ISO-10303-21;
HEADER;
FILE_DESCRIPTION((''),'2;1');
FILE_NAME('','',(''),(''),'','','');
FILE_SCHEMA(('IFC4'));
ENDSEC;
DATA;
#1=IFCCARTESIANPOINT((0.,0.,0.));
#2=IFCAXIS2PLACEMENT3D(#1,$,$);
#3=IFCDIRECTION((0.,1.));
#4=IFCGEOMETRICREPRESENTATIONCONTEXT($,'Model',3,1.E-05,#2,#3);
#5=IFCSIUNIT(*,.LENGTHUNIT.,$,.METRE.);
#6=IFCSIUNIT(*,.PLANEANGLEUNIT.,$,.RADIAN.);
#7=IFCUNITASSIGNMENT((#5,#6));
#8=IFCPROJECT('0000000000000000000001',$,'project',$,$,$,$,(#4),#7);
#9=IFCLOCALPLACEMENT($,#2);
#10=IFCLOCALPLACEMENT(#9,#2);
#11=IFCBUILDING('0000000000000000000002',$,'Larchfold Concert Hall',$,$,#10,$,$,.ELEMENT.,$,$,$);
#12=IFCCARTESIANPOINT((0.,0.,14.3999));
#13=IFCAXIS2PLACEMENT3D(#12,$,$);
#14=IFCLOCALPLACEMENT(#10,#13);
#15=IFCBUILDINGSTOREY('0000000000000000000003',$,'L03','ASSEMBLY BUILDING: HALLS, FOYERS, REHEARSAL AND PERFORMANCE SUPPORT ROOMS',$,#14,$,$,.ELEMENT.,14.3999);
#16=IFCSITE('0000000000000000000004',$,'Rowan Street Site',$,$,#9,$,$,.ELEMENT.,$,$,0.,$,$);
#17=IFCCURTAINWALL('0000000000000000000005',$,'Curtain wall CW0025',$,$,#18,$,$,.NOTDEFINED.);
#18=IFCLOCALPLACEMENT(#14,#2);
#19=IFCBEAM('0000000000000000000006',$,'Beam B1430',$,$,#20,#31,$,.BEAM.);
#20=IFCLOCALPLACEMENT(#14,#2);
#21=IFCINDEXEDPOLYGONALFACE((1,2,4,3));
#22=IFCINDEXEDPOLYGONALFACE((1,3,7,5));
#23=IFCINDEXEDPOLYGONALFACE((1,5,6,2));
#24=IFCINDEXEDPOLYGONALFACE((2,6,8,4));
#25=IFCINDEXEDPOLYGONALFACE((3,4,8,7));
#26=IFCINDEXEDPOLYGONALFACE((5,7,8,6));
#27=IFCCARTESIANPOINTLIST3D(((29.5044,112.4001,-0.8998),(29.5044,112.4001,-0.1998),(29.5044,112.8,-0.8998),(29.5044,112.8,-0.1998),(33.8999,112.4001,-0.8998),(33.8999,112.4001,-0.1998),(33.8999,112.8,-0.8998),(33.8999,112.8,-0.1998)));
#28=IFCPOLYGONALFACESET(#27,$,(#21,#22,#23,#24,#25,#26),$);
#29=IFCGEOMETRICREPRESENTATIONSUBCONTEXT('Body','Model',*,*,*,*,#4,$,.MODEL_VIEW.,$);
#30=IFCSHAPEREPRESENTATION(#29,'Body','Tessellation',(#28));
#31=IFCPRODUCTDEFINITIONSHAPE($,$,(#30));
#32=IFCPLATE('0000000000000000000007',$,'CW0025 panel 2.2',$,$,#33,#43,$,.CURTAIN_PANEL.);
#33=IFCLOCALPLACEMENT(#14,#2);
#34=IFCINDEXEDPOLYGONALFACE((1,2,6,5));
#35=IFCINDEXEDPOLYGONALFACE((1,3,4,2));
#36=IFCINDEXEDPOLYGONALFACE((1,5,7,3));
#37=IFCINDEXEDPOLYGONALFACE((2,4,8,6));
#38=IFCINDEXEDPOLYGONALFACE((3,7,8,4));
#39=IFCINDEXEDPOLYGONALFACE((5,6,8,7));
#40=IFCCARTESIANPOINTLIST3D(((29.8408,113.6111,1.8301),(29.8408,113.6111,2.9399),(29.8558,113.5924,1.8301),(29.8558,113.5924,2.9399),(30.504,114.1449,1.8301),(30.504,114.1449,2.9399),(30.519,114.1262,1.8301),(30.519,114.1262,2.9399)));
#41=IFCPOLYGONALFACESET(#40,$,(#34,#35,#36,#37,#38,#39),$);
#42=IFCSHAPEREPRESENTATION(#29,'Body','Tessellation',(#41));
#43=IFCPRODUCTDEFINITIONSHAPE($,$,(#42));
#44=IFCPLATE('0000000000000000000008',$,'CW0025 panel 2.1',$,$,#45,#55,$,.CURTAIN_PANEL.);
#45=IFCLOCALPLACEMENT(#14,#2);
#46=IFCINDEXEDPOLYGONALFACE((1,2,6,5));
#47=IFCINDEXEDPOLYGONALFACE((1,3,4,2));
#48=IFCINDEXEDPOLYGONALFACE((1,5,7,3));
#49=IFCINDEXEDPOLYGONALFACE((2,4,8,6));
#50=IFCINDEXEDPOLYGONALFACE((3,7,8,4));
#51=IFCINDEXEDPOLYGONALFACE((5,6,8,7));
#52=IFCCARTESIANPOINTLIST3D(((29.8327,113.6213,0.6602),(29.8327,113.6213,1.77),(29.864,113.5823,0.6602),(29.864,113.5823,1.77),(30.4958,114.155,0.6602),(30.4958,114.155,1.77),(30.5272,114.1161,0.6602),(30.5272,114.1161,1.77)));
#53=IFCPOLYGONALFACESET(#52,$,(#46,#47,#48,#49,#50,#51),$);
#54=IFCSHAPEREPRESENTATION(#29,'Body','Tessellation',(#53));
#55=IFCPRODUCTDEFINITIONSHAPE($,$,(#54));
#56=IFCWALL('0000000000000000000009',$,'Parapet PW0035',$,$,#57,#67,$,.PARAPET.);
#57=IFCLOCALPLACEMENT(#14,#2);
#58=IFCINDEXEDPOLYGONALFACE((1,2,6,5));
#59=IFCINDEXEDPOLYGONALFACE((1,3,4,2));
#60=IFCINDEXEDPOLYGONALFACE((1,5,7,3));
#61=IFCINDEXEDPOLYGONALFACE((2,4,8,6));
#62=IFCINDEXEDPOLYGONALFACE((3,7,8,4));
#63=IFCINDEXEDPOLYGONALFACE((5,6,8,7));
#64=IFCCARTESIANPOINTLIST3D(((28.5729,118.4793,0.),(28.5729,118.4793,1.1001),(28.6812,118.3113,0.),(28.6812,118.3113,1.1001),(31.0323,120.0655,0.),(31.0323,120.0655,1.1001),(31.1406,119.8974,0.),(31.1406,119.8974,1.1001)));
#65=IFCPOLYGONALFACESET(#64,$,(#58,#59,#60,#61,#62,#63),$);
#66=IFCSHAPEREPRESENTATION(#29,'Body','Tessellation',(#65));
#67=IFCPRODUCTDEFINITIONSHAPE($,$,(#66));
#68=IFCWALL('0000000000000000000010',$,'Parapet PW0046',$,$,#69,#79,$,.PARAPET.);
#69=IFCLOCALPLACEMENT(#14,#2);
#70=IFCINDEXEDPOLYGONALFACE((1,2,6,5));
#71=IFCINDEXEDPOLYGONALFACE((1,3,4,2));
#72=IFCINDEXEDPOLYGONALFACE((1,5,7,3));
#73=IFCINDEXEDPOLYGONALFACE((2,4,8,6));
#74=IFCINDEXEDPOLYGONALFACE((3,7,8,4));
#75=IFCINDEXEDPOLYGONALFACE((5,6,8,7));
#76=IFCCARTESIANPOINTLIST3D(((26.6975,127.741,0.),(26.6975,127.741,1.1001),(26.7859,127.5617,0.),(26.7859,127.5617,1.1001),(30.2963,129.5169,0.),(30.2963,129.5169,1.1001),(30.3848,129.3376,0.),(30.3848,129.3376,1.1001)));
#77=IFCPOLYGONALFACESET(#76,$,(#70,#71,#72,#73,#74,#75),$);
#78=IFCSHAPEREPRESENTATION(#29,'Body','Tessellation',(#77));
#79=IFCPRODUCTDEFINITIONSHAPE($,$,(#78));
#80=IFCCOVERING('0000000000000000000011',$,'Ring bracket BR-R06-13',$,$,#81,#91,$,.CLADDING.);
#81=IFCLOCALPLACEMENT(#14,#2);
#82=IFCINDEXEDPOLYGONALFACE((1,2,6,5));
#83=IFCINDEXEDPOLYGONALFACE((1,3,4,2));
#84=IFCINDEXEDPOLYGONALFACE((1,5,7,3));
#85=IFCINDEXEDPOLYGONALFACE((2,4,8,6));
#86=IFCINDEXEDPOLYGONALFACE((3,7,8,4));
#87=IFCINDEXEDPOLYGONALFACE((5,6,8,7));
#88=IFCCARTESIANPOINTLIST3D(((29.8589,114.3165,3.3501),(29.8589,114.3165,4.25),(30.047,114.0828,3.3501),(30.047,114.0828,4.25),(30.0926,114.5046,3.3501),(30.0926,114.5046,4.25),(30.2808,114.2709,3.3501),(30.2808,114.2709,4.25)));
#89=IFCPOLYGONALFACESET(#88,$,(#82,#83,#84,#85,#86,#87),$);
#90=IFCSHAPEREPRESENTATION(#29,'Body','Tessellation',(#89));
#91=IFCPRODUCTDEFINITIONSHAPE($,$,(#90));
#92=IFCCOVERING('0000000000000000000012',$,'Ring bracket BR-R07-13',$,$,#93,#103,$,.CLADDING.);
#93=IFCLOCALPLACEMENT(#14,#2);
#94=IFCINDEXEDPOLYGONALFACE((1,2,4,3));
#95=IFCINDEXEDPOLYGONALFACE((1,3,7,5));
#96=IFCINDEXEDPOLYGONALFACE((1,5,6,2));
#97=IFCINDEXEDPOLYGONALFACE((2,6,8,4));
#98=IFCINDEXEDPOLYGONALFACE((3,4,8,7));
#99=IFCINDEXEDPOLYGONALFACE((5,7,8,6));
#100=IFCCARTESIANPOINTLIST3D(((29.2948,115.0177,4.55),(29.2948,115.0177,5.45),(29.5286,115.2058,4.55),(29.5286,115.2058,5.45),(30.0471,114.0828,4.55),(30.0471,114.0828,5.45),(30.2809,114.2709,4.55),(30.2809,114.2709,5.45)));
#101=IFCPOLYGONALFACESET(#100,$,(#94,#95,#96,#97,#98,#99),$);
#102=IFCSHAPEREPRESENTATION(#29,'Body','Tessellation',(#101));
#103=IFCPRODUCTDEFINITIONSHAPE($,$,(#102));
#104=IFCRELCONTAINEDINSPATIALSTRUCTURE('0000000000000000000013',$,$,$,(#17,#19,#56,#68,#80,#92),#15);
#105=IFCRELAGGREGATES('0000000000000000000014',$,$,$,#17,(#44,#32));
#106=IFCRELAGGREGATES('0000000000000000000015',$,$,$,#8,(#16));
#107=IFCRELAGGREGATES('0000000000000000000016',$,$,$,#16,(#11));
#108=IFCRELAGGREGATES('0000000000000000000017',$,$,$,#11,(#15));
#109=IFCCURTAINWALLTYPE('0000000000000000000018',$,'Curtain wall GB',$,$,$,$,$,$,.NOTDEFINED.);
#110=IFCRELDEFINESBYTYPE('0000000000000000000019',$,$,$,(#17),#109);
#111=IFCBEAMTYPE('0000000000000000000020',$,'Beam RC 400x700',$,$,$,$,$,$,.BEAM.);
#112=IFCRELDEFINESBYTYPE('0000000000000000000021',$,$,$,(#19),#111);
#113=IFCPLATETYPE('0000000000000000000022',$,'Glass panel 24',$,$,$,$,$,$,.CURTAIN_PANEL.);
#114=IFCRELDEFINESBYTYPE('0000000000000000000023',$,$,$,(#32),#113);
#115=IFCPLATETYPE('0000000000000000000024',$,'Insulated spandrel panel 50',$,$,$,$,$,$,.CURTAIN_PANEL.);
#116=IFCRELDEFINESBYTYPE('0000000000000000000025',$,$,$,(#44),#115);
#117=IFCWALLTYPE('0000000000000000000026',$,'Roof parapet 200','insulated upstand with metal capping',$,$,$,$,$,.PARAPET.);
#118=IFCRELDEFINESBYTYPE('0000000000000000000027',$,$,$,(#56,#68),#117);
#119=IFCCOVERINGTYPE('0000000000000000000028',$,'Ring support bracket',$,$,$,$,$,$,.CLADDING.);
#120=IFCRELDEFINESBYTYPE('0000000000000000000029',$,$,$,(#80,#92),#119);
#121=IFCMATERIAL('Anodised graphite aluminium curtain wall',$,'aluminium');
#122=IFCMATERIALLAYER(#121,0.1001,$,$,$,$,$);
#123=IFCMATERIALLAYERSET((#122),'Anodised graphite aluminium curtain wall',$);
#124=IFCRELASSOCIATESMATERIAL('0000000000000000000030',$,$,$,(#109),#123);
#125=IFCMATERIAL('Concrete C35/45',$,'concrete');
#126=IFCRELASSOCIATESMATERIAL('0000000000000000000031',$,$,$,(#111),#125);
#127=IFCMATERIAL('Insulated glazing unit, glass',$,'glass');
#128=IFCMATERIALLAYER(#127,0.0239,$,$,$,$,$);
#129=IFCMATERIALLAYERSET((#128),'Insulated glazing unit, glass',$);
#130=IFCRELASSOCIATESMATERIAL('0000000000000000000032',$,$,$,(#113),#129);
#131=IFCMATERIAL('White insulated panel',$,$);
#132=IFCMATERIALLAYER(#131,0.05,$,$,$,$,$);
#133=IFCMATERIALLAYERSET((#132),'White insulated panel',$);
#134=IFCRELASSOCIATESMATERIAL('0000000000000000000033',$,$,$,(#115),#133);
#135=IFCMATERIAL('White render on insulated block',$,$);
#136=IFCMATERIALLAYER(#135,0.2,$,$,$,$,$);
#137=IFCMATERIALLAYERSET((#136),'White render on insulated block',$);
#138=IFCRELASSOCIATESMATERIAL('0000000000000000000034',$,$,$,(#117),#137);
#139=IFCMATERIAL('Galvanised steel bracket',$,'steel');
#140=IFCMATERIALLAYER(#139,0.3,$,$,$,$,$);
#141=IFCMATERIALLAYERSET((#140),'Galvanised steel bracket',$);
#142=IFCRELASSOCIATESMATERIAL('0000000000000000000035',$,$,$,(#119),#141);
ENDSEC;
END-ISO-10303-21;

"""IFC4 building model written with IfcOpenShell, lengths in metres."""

from ifc_helpers import new_model, si_unit, direction, frame, frame_2d, origin, origin_2d, place, context, subcontext, project, spatial, rectangle, extrude, material, layer, layer_set, material_profile, profile_set, type_object, element, aggregate, save


model = new_model("IFC4")

# Units and contexts
model_context = context("Model", 3, precision=1e-05, world=origin(), true_north=direction((0.0, 1.0)))
body_context = subcontext(model_context, "Body", "Model", "MODEL_VIEW")
ifc_project = project(units=[si_unit("LENGTHUNIT", "METRE"), si_unit("PLANEANGLEUNIT", "RADIAN")], contexts=[model_context])

# Site, building, storey
site_placement = place(None, origin())
site = spatial("IfcSite", under=ifc_project, at=site_placement, Name="Rowan Street Site", CompositionType="ELEMENT", RefElevation=0.0)
building_placement = place(site_placement, origin())
building = spatial("IfcBuilding", under=site, at=building_placement, Name="Larchfold Concert Hall", CompositionType="ELEMENT")
storey_placement = place(building_placement, frame((0.0, 0.0, 14.3999)))
storey = spatial("IfcBuildingStorey", under=building, at=storey_placement, Name="L03", Description="ASSEMBLY BUILDING: HALLS, FOYERS, REHEARSAL AND PERFORMANCE SUPPORT ROOMS", CompositionType="ELEMENT", Elevation=14.3999)

# Curtain wall
ifc_material_1 = material(Name="Anodised graphite aluminium curtain wall", Category="aluminium")
ifc_layer_1 = layer(ifc_material_1, 0.1001)
ifc_layer_set_1 = layer_set([ifc_layer_1], Name="Anodised graphite aluminium curtain wall")
curtain_wall_type = type_object("IfcCurtainWallType", Name="Curtain wall GB", PredefinedType="NOTDEFINED", material=ifc_layer_set_1)
curtain_wall_1_placement = place(storey_placement, origin())
curtain_wall_1 = element("IfcCurtainWall", 1, at=curtain_wall_1_placement, inside=storey, type_object=curtain_wall_type, Name="Curtain wall CW0025", PredefinedType="NOTDEFINED")

# Beam
ifc_material_2 = material(Name="Concrete C35/45", Category="concrete")
ifc_material_profile_1 = material_profile(ifc_material_2, rectangle(XDim=0.3999, YDim=0.7, at=origin_2d()))
ifc_profile_set_1 = profile_set([ifc_material_profile_1], Name="Concrete C35/45")
beam_type = type_object("IfcBeamType", Name="Beam RC 400x700", PredefinedType="BEAM", material=ifc_profile_set_1)
beam_placement = place(storey_placement, frame((29.5044, 112.6001, -0.5498), z_axis=(1.0, 0.0, 0.0), x_axis=(0.0, 1.0, 0.0)))
element("IfcBeam", 2, at=beam_placement, inside=storey, type_object=beam_type, Name="Beam B1430", PredefinedType="BEAM", context=body_context, shape_type="SweptSolid", body=[
    extrude(rectangle(XDim=0.3999, YDim=0.7, at=origin_2d()), origin(), (0.0, 0.0, 1.0), 4.3955),
])

# Plates
ifc_material_3 = material(Name="Insulated glazing unit, glass", Category="glass")
ifc_layer_2 = layer(ifc_material_3, 0.0239)
ifc_layer_set_2 = layer_set([ifc_layer_2], Name="Insulated glazing unit, glass")
plate_type_1 = type_object("IfcPlateType", Name="Glass panel 24", PredefinedType="CURTAIN_PANEL", material=ifc_layer_set_2)
plate_1_placement = place(storey_placement, frame((30.1799, 113.8687, 1.8301), z_axis=(0.0, 0.0, 1.0), x_axis=(-0.779006, -0.627017, 0.0)))
plate_1 = element("IfcPlate", 3, at=plate_1_placement, type_object=plate_type_1, Name="CW0025 panel 2.2", PredefinedType="CURTAIN_PANEL", context=body_context, shape_type="SweptSolid", body=[
    extrude(rectangle(XDim=0.8513, YDim=0.0239, at=origin_2d()), origin(), (0.0, 0.0, 1.0), 1.1099),
])
ifc_material_4 = material(Name="White insulated panel")
ifc_layer_3 = layer(ifc_material_4, 0.05)
ifc_layer_set_3 = layer_set([ifc_layer_3], Name="White insulated panel")
plate_type_2 = type_object("IfcPlateType", Name="Insulated spandrel panel 50", PredefinedType="CURTAIN_PANEL", material=ifc_layer_set_3)
plate_2_placement = place(storey_placement, frame((30.1799, 113.8687, 0.6602), z_axis=(0.0, 0.0, 1.0), x_axis=(-0.779006, -0.627017, 0.0)))
plate_2 = element("IfcPlate", 4, at=plate_2_placement, type_object=plate_type_2, Name="CW0025 panel 2.1", PredefinedType="CURTAIN_PANEL", context=body_context, shape_type="SweptSolid", body=[
    extrude(rectangle(XDim=0.8513, YDim=0.05, at=origin_2d()), origin(), (0.0, 0.0, 1.0), 1.1099),
])
aggregate(curtain_wall_1, [plate_2, plate_1])

# Walls
ifc_material_5 = material(Name="White render on insulated block")
ifc_layer_4 = layer(ifc_material_5, 0.2)
ifc_layer_set_4 = layer_set([ifc_layer_4], Name="White render on insulated block")
wall_type_1 = type_object("IfcWallType", Name="Roof parapet 200", Description="insulated upstand with metal capping", PredefinedType="PARAPET", material=ifc_layer_set_4)
wall_1_placement = place(storey_placement, frame((28.627, 118.3953, 0.0), z_axis=(0.0, 0.0, 1.0), x_axis=(0.840386, 0.541988, 0.0)))
element("IfcWall", 5, at=wall_1_placement, inside=storey, type_object=wall_type_1, Name="Parapet PW0035", PredefinedType="PARAPET", context=body_context, shape_type="SweptSolid", body=[
    extrude(rectangle(XDim=2.9265, YDim=0.2, at=frame_2d((1.4634, 0.0))), origin(), (0.0, 0.0, 1.0), 1.1001),
])
wall_2_placement = place(storey_placement, frame((30.3406, 129.4272, 0.0), z_axis=(0.0, 0.0, 1.0), x_axis=(-0.896763, -0.442511, 0.0)))
element("IfcWall", 6, at=wall_2_placement, inside=storey, type_object=wall_type_1, Name="Parapet PW0046", PredefinedType="PARAPET", context=body_context, shape_type="SweptSolid", body=[
    extrude(rectangle(XDim=4.0132, YDim=0.2, at=frame_2d((2.0066, 0.0))), origin(), (0.0, 0.0, 1.0), 1.1001),
])

# Coverings
ifc_material_6 = material(Name="Galvanised steel bracket", Category="steel")
ifc_layer_5 = layer(ifc_material_6, 0.3)
ifc_layer_set_5 = layer_set([ifc_layer_5], Name="Galvanised steel bracket")
covering_type = type_object("IfcCoveringType", Name="Ring support bracket", PredefinedType="CLADDING", material=ifc_layer_set_5)
covering_1_placement = place(storey_placement, frame((30.0698, 114.2937, 3.3501), z_axis=(0.0, 0.0, 1.0), x_axis=(-0.626933, 0.779073, 0.0)))
element("IfcCovering", 7, at=covering_1_placement, inside=storey, type_object=covering_type, Name="Ring bracket BR-R06-13", PredefinedType="CLADDING", context=body_context, shape_type="SweptSolid", body=[
    extrude(rectangle(XDim=0.3, YDim=0.3, at=origin_2d()), origin(), (0.0, 0.0, 1.0), 0.8999),
])
covering_2_placement = place(storey_placement, frame((29.7878, 114.6443, 4.55), z_axis=(0.0, 0.0, 1.0), x_axis=(-0.626933, 0.779073, 0.0)))
element("IfcCovering", 8, at=covering_2_placement, inside=storey, type_object=covering_type, Name="Ring bracket BR-R07-13", PredefinedType="CLADDING", context=body_context, shape_type="SweptSolid", body=[
    extrude(rectangle(XDim=1.2, YDim=0.3, at=origin_2d()), origin(), (0.0, 0.0, 1.0), 0.8999),
])

save(model, "model.ifc")
